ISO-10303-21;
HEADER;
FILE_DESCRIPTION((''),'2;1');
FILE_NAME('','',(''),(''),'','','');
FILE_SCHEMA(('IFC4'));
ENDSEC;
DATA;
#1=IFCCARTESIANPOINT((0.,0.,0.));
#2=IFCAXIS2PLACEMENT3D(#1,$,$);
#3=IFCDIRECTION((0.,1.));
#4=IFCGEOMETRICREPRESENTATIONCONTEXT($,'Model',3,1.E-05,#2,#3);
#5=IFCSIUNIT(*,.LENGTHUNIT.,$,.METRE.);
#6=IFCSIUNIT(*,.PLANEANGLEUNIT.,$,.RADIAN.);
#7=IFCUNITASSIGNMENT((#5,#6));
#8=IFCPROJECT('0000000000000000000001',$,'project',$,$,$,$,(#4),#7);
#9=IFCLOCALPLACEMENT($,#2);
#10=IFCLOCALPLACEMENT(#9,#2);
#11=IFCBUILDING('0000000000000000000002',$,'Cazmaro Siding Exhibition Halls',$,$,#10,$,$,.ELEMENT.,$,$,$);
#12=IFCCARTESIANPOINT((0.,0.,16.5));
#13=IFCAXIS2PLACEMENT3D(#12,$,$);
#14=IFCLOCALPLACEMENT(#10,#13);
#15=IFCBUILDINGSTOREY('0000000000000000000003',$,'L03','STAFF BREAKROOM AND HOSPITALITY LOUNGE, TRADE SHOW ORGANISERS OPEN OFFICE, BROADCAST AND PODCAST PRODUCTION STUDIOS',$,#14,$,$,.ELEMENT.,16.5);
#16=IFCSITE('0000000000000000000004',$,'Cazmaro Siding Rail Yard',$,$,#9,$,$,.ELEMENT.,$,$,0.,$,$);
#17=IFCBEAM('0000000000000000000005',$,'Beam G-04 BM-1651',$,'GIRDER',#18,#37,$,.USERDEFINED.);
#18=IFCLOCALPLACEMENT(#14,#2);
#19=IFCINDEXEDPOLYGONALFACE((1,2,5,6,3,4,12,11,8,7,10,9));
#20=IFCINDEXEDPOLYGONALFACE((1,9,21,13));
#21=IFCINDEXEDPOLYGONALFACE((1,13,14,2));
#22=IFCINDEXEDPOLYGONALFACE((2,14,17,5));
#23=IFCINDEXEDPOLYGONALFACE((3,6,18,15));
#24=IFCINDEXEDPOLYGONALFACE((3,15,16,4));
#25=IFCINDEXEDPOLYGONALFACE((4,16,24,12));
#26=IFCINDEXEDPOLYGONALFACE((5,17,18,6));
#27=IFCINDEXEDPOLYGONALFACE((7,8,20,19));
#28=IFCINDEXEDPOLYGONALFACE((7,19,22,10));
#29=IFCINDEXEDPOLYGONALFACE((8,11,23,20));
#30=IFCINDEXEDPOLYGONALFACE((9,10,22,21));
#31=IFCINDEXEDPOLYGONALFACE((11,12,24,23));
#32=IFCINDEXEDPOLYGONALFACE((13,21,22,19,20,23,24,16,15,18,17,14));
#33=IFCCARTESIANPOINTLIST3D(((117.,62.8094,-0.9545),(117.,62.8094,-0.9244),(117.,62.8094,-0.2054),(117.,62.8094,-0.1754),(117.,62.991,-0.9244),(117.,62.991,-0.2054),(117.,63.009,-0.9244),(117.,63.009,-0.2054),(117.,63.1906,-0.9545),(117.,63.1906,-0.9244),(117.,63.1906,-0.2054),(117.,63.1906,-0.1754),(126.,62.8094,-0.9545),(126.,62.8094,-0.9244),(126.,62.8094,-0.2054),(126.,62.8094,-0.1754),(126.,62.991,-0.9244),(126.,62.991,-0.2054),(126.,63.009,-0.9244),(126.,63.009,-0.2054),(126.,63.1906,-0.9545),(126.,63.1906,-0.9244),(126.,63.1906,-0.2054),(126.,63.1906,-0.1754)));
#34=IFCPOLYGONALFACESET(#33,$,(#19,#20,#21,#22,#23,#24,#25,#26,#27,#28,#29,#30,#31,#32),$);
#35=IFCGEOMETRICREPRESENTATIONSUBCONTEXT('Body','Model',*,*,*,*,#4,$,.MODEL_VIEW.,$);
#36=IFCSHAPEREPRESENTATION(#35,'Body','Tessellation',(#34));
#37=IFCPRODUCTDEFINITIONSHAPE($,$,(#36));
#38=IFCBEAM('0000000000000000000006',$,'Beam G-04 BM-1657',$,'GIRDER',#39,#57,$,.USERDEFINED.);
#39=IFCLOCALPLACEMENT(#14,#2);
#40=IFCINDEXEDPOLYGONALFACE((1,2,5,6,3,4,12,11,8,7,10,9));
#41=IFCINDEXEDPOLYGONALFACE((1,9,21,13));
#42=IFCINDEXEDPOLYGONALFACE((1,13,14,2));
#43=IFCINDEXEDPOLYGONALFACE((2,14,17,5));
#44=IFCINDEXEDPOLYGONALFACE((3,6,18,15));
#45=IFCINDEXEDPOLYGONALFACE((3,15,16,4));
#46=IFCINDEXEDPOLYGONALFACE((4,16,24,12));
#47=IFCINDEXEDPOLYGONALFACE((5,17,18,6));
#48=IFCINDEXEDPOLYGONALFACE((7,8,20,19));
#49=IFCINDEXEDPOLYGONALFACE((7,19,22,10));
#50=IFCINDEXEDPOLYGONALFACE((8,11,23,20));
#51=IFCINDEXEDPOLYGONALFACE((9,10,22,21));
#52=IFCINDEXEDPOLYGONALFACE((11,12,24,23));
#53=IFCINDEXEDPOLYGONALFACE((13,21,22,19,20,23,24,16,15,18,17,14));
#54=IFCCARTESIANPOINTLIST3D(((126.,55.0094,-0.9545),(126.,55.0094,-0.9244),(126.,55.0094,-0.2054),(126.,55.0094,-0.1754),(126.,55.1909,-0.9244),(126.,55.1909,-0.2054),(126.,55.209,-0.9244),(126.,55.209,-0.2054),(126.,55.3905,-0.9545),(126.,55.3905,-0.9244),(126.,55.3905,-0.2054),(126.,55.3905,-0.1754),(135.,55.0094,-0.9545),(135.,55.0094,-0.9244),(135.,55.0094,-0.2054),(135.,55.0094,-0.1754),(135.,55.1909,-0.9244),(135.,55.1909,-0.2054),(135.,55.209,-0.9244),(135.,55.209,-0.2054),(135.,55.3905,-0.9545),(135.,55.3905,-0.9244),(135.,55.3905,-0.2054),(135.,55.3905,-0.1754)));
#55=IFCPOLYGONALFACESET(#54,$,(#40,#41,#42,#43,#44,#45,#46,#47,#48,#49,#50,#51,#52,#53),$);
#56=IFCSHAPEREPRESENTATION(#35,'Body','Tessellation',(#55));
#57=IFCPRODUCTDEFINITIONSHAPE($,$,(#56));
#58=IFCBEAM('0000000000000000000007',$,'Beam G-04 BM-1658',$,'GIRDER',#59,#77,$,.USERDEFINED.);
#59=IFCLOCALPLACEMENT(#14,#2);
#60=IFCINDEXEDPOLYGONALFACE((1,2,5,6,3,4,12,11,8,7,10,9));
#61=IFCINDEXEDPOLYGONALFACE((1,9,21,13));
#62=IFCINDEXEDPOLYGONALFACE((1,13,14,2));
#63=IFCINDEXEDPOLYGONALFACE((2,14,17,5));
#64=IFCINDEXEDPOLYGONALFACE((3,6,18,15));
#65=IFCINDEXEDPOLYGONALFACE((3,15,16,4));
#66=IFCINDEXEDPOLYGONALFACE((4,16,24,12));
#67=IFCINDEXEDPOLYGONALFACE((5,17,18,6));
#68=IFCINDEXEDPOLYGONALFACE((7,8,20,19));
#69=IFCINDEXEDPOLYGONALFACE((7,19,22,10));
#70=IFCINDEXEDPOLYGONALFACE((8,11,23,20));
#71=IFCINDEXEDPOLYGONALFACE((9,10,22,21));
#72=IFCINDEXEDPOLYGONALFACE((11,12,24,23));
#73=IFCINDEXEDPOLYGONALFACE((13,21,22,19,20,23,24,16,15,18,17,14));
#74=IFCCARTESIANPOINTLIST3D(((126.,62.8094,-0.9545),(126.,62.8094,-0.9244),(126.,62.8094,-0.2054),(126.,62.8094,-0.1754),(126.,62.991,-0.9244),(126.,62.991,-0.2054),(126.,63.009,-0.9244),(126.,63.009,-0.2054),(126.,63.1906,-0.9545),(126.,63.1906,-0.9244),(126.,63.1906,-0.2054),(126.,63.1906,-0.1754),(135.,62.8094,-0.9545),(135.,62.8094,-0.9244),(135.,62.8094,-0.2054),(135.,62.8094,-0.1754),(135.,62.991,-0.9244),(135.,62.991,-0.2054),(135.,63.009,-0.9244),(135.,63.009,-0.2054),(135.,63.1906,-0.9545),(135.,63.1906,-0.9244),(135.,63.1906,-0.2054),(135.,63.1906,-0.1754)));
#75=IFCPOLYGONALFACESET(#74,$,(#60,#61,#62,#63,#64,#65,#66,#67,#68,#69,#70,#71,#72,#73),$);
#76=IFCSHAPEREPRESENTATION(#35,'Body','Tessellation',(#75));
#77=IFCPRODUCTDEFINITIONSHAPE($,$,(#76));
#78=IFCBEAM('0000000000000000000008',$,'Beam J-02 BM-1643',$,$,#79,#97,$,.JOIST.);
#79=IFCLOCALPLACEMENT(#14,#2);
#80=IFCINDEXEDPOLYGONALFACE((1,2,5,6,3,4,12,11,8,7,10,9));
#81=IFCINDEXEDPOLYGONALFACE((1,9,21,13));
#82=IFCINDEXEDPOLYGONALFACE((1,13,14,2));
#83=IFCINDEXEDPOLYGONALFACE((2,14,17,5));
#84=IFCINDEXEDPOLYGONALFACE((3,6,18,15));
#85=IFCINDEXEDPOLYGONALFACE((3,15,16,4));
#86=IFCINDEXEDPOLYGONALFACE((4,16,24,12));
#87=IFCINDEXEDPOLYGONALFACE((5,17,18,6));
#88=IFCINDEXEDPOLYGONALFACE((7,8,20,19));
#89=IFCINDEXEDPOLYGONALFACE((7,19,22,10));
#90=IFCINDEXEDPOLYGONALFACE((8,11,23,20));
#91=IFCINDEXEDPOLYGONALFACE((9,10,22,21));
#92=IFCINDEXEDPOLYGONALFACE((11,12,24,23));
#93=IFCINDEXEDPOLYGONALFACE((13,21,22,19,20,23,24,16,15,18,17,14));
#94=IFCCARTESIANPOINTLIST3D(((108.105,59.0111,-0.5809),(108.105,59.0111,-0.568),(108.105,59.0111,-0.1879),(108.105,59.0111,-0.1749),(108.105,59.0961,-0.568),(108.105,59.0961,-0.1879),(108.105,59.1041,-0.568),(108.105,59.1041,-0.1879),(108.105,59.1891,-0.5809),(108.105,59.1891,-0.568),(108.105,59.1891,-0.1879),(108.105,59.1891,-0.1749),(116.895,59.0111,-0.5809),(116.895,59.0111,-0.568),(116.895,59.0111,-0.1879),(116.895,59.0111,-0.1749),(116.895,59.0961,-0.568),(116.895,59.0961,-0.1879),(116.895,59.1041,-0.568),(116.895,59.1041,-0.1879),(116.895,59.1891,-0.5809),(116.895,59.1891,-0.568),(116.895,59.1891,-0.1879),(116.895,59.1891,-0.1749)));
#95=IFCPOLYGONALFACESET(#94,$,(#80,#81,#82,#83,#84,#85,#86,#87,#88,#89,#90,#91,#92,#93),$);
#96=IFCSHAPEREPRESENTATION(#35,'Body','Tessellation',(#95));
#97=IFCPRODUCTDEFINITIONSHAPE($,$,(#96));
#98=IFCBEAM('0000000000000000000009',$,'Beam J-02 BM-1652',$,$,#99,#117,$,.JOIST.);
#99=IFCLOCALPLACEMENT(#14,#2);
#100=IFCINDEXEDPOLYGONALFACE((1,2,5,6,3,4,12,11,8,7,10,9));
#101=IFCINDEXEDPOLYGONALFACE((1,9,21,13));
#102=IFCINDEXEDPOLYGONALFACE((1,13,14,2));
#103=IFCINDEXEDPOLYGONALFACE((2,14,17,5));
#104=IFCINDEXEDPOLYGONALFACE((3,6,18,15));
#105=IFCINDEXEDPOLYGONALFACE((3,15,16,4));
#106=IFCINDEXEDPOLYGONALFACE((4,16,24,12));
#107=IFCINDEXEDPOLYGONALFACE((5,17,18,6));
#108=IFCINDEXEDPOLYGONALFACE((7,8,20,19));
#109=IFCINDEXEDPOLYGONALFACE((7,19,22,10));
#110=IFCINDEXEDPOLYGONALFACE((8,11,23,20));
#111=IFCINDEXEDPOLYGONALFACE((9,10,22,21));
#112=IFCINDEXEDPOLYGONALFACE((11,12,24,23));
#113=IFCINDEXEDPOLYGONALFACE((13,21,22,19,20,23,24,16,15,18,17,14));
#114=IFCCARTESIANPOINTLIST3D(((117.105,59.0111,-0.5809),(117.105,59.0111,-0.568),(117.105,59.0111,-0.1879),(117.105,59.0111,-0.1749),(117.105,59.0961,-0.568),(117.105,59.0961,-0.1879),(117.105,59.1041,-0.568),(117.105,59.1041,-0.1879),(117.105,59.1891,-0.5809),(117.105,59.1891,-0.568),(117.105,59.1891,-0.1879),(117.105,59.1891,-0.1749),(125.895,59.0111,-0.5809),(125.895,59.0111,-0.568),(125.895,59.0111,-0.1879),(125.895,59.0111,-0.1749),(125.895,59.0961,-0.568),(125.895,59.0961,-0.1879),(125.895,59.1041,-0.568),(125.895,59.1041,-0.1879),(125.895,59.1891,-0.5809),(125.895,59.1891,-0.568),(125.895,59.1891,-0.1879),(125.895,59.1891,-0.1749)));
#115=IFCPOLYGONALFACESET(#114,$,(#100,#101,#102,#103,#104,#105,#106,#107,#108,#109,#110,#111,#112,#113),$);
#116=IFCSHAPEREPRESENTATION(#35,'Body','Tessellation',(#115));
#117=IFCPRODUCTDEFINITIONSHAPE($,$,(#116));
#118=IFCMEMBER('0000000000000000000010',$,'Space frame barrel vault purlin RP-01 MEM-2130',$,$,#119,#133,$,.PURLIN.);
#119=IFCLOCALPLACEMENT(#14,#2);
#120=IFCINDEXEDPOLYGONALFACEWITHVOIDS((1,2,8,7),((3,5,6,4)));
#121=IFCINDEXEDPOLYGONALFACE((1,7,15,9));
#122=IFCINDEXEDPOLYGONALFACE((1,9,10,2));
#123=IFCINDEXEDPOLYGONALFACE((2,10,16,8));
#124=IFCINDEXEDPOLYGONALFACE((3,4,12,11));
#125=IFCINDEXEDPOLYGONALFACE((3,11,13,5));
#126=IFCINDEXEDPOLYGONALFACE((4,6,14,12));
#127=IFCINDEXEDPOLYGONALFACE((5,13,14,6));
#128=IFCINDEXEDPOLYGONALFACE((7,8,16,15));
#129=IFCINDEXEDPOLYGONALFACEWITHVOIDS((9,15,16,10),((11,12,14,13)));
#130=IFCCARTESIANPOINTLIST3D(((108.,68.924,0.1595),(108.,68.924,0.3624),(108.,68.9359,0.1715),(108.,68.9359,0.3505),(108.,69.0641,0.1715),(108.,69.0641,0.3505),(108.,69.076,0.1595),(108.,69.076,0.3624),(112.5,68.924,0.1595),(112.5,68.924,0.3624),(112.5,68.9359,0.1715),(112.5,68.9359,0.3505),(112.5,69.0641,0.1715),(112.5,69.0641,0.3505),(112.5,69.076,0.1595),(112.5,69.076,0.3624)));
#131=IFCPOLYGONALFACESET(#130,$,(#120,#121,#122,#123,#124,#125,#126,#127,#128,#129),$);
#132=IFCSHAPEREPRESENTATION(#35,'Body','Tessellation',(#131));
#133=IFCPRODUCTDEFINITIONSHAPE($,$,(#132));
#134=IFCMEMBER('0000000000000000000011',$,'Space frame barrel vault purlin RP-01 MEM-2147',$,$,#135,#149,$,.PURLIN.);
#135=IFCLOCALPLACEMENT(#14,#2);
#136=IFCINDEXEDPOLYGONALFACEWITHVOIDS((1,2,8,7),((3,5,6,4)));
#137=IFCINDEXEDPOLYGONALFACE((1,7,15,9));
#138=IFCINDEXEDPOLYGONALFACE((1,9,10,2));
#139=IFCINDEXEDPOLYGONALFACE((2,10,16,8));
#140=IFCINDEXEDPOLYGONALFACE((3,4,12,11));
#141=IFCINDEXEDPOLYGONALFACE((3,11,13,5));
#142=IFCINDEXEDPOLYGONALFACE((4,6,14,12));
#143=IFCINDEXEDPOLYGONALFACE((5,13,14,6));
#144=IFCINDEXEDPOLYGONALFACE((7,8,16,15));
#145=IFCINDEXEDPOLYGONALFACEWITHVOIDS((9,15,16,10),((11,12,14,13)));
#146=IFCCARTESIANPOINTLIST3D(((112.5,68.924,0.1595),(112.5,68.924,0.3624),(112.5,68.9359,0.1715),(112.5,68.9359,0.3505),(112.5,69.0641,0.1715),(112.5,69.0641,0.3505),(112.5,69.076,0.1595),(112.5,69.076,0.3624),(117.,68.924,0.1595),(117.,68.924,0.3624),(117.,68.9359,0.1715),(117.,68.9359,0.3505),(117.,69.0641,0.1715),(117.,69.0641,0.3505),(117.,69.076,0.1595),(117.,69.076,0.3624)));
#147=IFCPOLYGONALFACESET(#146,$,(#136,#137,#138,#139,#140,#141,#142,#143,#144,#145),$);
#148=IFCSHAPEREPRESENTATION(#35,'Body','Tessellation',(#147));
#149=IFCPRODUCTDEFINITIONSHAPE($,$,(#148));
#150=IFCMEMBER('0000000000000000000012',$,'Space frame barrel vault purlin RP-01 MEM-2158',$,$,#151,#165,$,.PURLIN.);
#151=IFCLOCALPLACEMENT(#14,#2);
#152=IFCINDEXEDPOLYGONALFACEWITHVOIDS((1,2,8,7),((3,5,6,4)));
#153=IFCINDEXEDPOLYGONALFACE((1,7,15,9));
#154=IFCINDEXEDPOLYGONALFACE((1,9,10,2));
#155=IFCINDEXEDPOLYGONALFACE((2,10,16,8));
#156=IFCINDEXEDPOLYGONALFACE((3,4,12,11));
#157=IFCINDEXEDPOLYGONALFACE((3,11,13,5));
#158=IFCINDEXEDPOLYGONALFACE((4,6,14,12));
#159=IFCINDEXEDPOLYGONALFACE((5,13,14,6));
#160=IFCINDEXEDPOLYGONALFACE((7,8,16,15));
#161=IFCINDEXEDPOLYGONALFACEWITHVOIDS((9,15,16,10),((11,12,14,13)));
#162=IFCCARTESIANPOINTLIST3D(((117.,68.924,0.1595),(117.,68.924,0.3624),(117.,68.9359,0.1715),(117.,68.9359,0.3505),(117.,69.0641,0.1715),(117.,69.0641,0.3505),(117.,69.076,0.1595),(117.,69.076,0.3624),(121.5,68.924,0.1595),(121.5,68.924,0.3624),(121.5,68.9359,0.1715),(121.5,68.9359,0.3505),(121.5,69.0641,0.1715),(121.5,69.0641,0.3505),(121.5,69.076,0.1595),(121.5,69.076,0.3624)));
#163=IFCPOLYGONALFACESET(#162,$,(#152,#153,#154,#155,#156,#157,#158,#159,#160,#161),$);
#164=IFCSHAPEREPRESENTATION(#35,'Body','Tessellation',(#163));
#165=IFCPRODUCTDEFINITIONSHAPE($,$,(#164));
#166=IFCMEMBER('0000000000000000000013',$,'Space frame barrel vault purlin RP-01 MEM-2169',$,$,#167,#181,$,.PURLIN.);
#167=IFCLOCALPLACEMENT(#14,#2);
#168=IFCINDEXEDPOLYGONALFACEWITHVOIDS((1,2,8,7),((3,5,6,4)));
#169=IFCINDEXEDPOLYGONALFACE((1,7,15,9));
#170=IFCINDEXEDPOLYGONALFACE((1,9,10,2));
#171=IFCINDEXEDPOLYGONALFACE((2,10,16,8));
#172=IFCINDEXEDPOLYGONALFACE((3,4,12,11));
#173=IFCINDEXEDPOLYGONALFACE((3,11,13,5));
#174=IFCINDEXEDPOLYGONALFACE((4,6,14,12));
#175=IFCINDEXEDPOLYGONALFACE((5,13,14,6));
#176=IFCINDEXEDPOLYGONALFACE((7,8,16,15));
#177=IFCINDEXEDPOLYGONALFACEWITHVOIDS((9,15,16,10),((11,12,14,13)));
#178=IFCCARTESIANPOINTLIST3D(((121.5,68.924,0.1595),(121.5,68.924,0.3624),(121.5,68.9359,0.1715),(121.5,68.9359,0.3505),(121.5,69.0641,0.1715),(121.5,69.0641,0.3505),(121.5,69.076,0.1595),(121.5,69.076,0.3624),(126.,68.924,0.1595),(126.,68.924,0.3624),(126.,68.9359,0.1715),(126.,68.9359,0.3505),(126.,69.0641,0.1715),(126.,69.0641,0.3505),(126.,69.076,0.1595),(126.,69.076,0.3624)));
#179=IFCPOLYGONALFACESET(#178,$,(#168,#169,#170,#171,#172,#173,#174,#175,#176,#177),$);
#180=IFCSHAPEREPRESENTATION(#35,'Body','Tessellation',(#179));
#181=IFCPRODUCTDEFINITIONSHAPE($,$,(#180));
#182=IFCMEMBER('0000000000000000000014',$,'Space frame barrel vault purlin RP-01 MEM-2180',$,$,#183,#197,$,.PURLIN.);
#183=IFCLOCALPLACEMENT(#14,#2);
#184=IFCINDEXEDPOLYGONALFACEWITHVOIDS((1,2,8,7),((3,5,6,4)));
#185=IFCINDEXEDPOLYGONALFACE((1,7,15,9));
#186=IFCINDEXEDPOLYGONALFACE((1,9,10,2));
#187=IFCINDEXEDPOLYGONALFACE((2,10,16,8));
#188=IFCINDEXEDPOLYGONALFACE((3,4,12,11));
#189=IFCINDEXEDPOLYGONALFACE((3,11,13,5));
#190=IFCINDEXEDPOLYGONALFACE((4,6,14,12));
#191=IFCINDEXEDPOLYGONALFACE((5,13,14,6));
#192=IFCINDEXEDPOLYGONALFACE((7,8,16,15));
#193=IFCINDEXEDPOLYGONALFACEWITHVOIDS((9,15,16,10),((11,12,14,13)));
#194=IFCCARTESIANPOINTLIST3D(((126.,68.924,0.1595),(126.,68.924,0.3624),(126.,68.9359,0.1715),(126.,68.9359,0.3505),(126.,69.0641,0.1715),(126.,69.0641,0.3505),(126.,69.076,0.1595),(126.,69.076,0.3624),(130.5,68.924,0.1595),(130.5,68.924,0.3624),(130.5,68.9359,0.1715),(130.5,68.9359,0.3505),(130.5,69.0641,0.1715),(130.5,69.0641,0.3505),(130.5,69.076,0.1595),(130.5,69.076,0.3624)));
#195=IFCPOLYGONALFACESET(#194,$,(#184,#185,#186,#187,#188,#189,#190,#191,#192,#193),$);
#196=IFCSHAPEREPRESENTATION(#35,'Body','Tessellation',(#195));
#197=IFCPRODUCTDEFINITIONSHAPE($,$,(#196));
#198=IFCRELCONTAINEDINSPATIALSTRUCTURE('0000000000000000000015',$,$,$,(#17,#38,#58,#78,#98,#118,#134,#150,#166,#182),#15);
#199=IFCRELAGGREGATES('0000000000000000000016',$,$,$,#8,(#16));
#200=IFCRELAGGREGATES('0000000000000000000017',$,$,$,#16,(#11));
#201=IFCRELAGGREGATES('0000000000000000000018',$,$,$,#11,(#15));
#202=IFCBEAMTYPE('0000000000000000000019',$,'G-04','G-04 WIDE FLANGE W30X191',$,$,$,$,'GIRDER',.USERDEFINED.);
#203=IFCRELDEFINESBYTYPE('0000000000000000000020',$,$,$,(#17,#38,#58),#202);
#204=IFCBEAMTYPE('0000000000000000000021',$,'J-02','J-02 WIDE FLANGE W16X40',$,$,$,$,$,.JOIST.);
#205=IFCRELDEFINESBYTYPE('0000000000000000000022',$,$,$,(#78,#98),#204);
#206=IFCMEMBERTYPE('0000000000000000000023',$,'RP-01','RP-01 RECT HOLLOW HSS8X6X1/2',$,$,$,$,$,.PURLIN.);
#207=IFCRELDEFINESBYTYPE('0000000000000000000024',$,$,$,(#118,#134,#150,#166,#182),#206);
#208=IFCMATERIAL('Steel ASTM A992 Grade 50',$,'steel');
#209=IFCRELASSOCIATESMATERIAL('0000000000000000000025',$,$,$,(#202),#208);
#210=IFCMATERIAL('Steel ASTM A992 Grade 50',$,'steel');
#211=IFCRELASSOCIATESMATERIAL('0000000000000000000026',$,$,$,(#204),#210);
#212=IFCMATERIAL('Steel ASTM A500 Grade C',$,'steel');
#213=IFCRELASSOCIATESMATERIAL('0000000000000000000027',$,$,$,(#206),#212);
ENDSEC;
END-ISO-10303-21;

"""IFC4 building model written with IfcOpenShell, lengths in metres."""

from ifc_helpers import new_model, si_unit, direction, frame, origin, origin_2d, place, context, subcontext, project, spatial, hollow_rectangle, i_section, extrude, material, material_profile, profile_set, type_object, element, save


model = new_model("IFC4")

# Units and contexts
model_context = context("Model", 3, precision=1e-05, world=origin(), true_north=direction((0.0, 1.0)))
body_context = subcontext(model_context, "Body", "Model", "MODEL_VIEW")
ifc_project = project(units=[si_unit("LENGTHUNIT", "METRE"), si_unit("PLANEANGLEUNIT", "RADIAN")], contexts=[model_context])

# Site, building, storey
site_placement = place(None, origin())
site = spatial("IfcSite", under=ifc_project, at=site_placement, Name="Cazmaro Siding Rail Yard", CompositionType="ELEMENT", RefElevation=0.0)
building_placement = place(site_placement, origin())
building = spatial("IfcBuilding", under=site, at=building_placement, Name="Cazmaro Siding Exhibition Halls", CompositionType="ELEMENT")
storey_placement = place(building_placement, frame((0.0, 0.0, 16.5)))
storey = spatial("IfcBuildingStorey", under=building, at=storey_placement, Name="L03", Description="STAFF BREAKROOM AND HOSPITALITY LOUNGE, TRADE SHOW ORGANISERS OPEN OFFICE, BROADCAST AND PODCAST PRODUCTION STUDIOS", CompositionType="ELEMENT", Elevation=16.5)

# Beams
ifc_material_1 = material(Name="Steel ASTM A992 Grade 50", Category="steel")
ifc_material_profile_1 = material_profile(ifc_material_1, i_section(OverallWidth=0.3811, OverallDepth=0.7791, WebThickness=0.0181, FlangeThickness=0.03, at=origin_2d()), Name="W30X191")
ifc_profile_set_1 = profile_set([ifc_material_profile_1], Name="Steel ASTM A992 Grade 50")
beam_type_1 = type_object("IfcBeamType", Name="G-04", Description="G-04 WIDE FLANGE W30X191", ElementType="GIRDER", PredefinedType="USERDEFINED", material=ifc_profile_set_1)
for number, where, z_axis, x_axis, name in (
    (1, (117.0, 63.0, -0.5649), (1.0, 0.0, 0.0), (0.0, 1.0, 0.0), "Beam G-04 BM-1651"),
    (2, (126.0, 55.2, -0.5649), (1.0, 0.0, 0.0), (0.0, 1.0, 0.0), "Beam G-04 BM-1657"),
    (3, (126.0, 63.0, -0.5649), (1.0, 0.0, 0.0), (0.0, 1.0, 0.0), "Beam G-04 BM-1658"),
):
    element("IfcBeam", number, at=place(storey_placement, frame(where, z_axis=z_axis, x_axis=x_axis)), inside=storey, type_object=beam_type_1, Name=name, ObjectType="GIRDER", PredefinedType="USERDEFINED", context=body_context, shape_type="SweptSolid", body=[
        extrude(i_section(OverallWidth=0.3811, OverallDepth=0.7791, WebThickness=0.0181, FlangeThickness=0.03, at=origin_2d()), origin(), (0.0, 0.0, 1.0), 9.0),
    ])
ifc_material_2 = material(Name="Steel ASTM A992 Grade 50", Category="steel")
ifc_material_profile_2 = material_profile(ifc_material_2, i_section(OverallWidth=0.178, OverallDepth=0.406, WebThickness=0.0081, FlangeThickness=0.0129, at=origin_2d()), Name="W16X40")
ifc_profile_set_2 = profile_set([ifc_material_profile_2], Name="Steel ASTM A992 Grade 50")
beam_type_2 = type_object("IfcBeamType", Name="J-02", Description="J-02 WIDE FLANGE W16X40", PredefinedType="JOIST", material=ifc_profile_set_2)
for number, where, z_axis, x_axis, name in (
    (4, (108.105, 59.1001, -0.3779), (1.0, 0.0, 0.0), (0.0, 1.0, 0.0), "Beam J-02 BM-1643"),
    (5, (117.105, 59.1001, -0.3779), (1.0, 0.0, 0.0), (0.0, 1.0, 0.0), "Beam J-02 BM-1652"),
):
    element("IfcBeam", number, at=place(storey_placement, frame(where, z_axis=z_axis, x_axis=x_axis)), inside=storey, type_object=beam_type_2, Name=name, PredefinedType="JOIST", context=body_context, shape_type="SweptSolid", body=[
        extrude(i_section(OverallWidth=0.178, OverallDepth=0.406, WebThickness=0.0081, FlangeThickness=0.0129, at=origin_2d()), origin(), (0.0, 0.0, 1.0), 8.79),
    ])

# Members
ifc_material_3 = material(Name="Steel ASTM A500 Grade C", Category="steel")
ifc_material_profile_3 = material_profile(ifc_material_3, hollow_rectangle(XDim=0.1521, YDim=0.2029, WallThickness=0.012, at=origin_2d()), Name="HSS8X6X1/2")
ifc_profile_set_3 = profile_set([ifc_material_profile_3], Name="Steel ASTM A500 Grade C")
member_type_1 = type_object("IfcMemberType", Name="RP-01", Description="RP-01 RECT HOLLOW HSS8X6X1/2", PredefinedType="PURLIN", material=ifc_profile_set_3)
for number, where, z_axis, x_axis, name in (
    (6, (108.0, 69.0, 0.261), (1.0, 0.0, 0.0), (0.0, 1.0, 0.0), "Space frame barrel vault purlin RP-01 MEM-2130"),
    (7, (112.5, 69.0, 0.261), (1.0, 0.0, 0.0), (0.0, 1.0, 0.0), "Space frame barrel vault purlin RP-01 MEM-2147"),
    (8, (117.0, 69.0, 0.261), (1.0, 0.0, 0.0), (0.0, 1.0, 0.0), "Space frame barrel vault purlin RP-01 MEM-2158"),
    (9, (121.5, 69.0, 0.261), (1.0, 0.0, 0.0), (0.0, 1.0, 0.0), "Space frame barrel vault purlin RP-01 MEM-2169"),
    (10, (126.0, 69.0, 0.261), (1.0, 0.0, 0.0), (0.0, 1.0, 0.0), "Space frame barrel vault purlin RP-01 MEM-2180"),
):
    element("IfcMember", number, at=place(storey_placement, frame(where, z_axis=z_axis, x_axis=x_axis)), inside=storey, type_object=member_type_1, Name=name, PredefinedType="PURLIN", context=body_context, shape_type="SweptSolid", body=[
        extrude(hollow_rectangle(XDim=0.1521, YDim=0.2029, WallThickness=0.012, at=origin_2d()), origin(), (0.0, 0.0, 1.0), 4.5),
    ])

save(model, "model.ifc")
